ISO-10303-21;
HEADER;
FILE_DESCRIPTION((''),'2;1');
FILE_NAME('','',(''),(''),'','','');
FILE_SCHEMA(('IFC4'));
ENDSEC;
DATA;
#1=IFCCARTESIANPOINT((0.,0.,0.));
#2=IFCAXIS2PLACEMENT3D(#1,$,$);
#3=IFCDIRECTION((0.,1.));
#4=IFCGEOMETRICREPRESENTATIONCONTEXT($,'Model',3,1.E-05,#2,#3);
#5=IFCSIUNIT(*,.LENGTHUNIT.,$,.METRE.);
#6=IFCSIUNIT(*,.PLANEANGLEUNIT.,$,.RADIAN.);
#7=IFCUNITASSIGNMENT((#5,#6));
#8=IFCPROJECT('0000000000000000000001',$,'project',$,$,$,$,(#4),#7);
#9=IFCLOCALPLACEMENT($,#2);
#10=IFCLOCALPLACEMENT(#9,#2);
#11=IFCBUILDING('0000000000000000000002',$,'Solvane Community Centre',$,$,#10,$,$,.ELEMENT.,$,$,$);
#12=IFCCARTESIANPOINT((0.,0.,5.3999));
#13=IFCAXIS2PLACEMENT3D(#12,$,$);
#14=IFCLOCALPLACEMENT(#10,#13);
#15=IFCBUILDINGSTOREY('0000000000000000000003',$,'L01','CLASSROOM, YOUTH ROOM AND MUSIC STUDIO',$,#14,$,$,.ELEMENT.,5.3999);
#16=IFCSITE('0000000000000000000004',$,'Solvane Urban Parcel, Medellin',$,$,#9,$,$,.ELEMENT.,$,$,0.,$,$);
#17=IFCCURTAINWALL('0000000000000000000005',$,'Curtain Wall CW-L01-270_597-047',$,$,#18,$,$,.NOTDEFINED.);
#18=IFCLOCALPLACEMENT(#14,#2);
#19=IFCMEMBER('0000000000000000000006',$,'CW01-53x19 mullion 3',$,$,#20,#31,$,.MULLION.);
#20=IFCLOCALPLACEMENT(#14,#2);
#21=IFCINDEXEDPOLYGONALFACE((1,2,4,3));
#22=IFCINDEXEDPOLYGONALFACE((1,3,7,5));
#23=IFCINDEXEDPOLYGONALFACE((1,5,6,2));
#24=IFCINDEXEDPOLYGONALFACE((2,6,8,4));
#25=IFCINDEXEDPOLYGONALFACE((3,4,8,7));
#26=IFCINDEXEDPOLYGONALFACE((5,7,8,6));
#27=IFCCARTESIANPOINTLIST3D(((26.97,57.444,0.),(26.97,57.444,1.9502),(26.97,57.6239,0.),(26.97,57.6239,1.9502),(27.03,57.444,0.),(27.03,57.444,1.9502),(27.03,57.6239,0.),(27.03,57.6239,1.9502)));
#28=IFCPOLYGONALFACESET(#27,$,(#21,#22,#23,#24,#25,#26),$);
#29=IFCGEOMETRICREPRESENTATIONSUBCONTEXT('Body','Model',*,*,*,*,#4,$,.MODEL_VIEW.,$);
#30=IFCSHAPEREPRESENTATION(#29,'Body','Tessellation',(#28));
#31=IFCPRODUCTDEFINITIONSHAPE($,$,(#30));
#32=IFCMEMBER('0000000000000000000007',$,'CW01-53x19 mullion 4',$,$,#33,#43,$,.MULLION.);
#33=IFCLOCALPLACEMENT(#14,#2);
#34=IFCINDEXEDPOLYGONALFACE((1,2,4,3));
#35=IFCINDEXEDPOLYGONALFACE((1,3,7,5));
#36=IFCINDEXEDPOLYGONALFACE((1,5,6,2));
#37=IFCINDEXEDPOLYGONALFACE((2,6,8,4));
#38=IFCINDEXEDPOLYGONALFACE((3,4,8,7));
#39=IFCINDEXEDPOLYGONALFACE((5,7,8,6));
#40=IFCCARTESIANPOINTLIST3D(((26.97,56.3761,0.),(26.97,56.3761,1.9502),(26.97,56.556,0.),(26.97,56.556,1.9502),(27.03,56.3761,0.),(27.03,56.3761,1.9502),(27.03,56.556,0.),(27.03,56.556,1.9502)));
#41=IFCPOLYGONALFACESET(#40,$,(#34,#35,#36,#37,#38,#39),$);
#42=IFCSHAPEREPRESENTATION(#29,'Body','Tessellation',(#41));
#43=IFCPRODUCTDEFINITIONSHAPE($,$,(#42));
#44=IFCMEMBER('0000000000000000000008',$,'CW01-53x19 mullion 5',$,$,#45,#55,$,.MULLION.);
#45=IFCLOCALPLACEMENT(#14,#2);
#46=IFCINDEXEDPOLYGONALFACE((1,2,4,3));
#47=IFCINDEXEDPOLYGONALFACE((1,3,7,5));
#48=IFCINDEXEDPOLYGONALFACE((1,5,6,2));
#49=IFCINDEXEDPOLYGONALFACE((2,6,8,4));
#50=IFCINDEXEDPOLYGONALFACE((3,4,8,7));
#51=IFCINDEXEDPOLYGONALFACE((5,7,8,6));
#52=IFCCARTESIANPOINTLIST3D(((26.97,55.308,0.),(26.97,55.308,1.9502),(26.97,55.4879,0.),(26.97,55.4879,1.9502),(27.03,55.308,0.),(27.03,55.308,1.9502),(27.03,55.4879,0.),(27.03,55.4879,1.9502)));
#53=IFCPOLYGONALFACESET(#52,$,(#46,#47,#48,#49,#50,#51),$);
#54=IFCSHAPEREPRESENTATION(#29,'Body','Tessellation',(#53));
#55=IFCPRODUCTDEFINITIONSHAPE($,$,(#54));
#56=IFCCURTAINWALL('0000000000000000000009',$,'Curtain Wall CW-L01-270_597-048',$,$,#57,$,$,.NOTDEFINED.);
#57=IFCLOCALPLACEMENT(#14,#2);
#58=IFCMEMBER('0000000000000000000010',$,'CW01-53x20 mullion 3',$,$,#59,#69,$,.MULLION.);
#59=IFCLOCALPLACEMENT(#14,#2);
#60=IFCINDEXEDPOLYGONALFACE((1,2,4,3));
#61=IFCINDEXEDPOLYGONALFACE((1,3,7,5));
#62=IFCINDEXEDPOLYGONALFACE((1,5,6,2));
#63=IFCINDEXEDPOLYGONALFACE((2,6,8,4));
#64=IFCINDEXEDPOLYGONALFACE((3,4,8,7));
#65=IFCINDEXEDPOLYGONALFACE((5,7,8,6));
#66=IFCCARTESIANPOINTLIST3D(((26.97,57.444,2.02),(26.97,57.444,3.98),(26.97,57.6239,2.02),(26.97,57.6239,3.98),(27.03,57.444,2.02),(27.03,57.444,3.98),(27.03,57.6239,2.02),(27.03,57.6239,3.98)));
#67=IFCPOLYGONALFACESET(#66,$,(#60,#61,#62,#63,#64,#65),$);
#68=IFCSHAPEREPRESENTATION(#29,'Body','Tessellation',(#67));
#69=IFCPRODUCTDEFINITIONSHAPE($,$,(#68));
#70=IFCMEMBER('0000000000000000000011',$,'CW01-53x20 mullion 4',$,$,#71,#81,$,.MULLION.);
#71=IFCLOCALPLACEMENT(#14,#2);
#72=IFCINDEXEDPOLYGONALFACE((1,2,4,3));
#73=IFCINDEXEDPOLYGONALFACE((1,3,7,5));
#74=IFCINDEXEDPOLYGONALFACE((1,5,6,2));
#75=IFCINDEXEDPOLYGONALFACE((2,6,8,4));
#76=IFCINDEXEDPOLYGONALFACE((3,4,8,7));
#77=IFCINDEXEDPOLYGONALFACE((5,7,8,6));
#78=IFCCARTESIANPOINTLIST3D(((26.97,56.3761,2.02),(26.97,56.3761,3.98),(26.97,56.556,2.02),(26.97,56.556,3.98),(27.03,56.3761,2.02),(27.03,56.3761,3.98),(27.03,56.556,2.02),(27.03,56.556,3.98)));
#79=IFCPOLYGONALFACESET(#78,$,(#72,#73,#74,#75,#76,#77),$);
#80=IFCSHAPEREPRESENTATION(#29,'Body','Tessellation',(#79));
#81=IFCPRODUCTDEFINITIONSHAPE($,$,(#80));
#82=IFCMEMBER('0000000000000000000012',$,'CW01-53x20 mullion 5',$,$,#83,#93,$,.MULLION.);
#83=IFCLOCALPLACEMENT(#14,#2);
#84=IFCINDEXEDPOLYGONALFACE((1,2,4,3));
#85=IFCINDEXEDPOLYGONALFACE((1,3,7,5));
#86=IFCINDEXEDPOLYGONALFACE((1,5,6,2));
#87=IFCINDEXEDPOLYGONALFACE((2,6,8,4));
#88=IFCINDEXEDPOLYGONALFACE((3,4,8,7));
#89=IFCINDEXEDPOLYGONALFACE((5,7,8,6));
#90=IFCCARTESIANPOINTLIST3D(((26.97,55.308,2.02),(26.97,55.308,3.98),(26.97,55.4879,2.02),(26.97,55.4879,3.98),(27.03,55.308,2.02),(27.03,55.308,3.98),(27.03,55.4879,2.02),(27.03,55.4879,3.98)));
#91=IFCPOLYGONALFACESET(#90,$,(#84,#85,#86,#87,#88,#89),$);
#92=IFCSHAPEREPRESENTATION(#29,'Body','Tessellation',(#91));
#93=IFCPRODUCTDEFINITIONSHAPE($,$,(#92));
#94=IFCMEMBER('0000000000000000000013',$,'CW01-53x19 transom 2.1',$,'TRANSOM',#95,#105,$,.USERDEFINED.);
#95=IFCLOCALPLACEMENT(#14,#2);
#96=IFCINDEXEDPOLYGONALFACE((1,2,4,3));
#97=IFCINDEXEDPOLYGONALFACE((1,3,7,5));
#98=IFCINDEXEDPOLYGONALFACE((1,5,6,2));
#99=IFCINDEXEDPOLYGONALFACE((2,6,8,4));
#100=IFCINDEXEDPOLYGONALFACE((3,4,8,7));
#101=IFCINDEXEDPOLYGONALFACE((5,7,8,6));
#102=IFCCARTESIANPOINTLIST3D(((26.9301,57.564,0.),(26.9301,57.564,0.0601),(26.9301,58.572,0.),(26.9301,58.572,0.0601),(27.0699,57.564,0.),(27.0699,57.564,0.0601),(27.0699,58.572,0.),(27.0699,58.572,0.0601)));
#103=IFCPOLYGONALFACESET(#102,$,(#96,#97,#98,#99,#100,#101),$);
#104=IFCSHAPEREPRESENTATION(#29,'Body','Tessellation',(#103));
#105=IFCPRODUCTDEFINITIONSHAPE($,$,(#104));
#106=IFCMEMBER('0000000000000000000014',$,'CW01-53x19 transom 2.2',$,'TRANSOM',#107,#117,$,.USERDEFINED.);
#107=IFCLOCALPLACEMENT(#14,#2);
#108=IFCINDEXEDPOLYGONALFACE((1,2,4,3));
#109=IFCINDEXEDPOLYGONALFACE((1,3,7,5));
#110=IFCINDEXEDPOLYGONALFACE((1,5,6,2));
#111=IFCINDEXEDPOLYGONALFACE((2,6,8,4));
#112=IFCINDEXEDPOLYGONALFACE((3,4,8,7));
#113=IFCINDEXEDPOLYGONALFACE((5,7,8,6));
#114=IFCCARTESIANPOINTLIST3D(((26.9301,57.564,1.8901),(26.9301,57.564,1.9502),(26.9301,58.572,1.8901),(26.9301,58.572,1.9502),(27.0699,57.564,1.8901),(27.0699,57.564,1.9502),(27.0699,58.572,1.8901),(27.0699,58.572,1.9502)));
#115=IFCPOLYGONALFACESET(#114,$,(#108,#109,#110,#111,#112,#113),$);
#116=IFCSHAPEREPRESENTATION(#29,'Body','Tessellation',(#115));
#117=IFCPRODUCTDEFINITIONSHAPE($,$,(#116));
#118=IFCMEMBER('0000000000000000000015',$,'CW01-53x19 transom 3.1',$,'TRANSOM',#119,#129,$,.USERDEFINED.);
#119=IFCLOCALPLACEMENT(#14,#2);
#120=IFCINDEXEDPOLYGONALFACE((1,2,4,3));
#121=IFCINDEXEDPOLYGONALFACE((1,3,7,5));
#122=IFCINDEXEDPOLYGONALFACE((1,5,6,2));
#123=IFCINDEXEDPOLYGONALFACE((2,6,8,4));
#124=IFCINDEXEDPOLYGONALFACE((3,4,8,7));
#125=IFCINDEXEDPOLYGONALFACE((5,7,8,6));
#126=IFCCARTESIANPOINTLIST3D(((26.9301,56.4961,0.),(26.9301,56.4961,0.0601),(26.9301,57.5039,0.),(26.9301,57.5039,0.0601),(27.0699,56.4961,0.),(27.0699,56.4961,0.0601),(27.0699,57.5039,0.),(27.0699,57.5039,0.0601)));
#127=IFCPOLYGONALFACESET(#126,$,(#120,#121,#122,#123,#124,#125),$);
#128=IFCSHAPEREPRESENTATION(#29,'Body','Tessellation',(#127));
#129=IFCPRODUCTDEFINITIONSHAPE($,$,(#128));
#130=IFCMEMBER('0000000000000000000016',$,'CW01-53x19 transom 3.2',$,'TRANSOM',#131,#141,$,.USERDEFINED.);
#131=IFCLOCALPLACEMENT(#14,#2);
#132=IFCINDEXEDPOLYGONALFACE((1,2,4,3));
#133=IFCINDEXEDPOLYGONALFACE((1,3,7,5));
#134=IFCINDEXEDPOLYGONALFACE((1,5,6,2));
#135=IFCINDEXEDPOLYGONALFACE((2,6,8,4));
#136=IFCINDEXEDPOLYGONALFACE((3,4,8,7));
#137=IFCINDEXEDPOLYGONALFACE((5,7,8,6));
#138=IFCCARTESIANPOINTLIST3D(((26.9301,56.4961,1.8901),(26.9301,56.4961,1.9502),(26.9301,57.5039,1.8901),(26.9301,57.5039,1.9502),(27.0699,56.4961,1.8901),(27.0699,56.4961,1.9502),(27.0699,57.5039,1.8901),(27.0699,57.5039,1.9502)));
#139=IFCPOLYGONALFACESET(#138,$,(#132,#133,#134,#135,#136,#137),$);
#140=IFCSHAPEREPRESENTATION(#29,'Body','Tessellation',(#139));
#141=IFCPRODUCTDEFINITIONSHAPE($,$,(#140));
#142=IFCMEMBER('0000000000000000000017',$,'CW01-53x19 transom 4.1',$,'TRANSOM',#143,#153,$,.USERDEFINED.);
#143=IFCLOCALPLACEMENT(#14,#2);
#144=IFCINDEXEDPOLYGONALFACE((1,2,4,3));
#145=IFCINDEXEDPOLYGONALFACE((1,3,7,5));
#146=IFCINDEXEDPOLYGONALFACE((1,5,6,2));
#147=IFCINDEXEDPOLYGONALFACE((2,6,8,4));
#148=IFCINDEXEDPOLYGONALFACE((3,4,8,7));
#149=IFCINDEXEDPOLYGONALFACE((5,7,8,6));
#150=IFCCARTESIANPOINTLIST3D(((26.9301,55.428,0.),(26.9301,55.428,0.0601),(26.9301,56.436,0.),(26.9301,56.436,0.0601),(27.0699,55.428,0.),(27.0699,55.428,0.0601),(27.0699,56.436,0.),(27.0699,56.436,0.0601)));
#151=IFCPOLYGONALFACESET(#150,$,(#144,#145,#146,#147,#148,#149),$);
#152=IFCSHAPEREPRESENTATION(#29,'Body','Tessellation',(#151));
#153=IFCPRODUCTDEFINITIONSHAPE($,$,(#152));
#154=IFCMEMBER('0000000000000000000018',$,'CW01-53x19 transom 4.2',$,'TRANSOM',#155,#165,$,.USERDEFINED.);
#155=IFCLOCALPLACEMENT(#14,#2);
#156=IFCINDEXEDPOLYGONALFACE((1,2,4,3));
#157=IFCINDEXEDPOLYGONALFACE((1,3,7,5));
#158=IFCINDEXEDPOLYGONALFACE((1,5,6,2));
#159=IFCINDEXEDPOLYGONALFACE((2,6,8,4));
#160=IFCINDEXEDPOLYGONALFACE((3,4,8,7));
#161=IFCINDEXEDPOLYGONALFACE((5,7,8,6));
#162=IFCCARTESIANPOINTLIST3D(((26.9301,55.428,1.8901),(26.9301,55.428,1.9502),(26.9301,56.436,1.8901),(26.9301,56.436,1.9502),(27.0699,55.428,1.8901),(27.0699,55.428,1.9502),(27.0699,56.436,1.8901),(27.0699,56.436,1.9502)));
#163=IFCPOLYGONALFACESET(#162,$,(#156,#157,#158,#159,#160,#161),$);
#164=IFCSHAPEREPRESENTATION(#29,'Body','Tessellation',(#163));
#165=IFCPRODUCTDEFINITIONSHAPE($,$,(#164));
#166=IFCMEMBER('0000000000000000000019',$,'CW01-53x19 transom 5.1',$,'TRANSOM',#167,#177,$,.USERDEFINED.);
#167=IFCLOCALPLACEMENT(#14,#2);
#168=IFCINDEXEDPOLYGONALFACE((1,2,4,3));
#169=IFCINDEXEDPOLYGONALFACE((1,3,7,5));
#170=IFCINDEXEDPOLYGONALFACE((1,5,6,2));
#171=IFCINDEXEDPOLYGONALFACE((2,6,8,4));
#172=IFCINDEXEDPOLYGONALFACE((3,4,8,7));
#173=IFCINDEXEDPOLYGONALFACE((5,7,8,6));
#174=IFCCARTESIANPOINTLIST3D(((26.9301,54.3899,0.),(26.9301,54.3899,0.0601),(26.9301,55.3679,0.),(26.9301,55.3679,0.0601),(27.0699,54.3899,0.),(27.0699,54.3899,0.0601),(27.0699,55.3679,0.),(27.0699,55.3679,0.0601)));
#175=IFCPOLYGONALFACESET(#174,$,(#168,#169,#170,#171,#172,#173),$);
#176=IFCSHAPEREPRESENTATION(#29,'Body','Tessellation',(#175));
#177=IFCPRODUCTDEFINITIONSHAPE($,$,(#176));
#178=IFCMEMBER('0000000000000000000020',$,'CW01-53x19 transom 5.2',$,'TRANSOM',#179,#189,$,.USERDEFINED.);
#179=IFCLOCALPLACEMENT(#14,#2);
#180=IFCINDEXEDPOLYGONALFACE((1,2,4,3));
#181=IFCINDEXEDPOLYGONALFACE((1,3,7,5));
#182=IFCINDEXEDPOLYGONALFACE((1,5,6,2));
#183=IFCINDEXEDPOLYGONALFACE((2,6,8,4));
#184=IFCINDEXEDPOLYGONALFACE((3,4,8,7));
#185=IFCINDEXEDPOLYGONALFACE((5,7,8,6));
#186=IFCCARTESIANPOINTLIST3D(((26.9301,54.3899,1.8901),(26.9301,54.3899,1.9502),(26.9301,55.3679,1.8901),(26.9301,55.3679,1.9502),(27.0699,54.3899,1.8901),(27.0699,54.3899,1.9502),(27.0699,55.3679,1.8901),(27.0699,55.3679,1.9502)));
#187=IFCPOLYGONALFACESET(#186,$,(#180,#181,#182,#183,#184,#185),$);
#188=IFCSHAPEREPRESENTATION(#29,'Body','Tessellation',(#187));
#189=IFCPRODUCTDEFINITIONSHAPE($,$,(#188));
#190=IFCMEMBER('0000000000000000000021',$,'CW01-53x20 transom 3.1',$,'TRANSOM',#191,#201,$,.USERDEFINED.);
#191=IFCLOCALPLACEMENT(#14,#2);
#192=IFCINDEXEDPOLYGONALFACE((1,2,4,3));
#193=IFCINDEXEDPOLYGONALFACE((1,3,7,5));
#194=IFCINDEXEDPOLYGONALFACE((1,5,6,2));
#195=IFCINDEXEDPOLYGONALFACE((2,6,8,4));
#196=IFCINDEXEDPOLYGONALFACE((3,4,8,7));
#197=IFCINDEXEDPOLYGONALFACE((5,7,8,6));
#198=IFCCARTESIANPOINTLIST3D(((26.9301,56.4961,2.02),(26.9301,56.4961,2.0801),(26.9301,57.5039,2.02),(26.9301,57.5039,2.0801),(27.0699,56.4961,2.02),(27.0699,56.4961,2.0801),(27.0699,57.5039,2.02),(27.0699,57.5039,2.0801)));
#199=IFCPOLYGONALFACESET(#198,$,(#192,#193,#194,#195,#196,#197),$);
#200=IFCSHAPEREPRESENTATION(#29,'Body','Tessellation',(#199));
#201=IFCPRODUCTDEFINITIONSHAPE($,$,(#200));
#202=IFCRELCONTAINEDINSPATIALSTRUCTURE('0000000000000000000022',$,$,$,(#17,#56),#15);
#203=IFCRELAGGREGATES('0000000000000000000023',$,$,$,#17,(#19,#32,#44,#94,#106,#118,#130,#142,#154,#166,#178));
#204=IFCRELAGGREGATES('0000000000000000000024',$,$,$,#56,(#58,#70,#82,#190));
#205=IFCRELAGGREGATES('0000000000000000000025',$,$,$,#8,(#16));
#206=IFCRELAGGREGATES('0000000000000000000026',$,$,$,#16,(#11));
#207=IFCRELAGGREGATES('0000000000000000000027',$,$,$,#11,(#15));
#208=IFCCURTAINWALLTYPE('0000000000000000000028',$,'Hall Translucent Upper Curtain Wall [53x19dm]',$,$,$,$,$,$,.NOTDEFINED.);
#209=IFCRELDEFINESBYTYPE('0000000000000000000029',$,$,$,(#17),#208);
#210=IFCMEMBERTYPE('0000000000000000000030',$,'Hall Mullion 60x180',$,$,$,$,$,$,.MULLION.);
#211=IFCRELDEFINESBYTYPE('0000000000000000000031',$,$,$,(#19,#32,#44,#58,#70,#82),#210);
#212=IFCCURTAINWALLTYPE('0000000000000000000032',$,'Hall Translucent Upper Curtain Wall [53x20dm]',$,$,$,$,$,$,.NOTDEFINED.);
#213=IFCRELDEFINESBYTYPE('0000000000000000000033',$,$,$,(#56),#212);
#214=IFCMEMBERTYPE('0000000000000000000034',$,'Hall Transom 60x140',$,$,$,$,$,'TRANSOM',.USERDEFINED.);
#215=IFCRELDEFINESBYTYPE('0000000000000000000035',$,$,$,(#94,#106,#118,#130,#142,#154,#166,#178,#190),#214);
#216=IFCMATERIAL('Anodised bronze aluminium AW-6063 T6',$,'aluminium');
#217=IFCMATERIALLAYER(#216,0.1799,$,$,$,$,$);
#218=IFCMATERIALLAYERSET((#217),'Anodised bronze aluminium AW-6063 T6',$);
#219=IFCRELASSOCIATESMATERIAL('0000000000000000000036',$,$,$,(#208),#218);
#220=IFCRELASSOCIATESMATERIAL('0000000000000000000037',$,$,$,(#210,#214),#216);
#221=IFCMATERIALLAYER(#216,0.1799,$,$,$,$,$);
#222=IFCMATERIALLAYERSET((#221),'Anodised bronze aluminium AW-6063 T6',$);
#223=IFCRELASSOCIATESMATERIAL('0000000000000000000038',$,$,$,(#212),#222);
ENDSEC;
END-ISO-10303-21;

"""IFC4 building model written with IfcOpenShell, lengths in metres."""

from ifc_helpers import new_model, si_unit, direction, frame, origin, origin_2d, place, context, subcontext, project, spatial, rectangle, extrude, material, layer, layer_set, material_profile, profile_set, type_object, element, aggregate, save


model = new_model("IFC4")

# Units and contexts
model_context = context("Model", 3, precision=1e-05, world=origin(), true_north=direction((0.0, 1.0)))
body_context = subcontext(model_context, "Body", "Model", "MODEL_VIEW")
ifc_project = project(units=[si_unit("LENGTHUNIT", "METRE"), si_unit("PLANEANGLEUNIT", "RADIAN")], contexts=[model_context])

# Site, building, storey
site_placement = place(None, origin())
site = spatial("IfcSite", under=ifc_project, at=site_placement, Name="Solvane Urban Parcel, Medellin", CompositionType="ELEMENT", RefElevation=0.0)
building_placement = place(site_placement, origin())
building = spatial("IfcBuilding", under=site, at=building_placement, Name="Solvane Community Centre", CompositionType="ELEMENT")
storey_placement = place(building_placement, frame((0.0, 0.0, 5.3999)))
storey = spatial("IfcBuildingStorey", under=building, at=storey_placement, Name="L01", Description="CLASSROOM, YOUTH ROOM AND MUSIC STUDIO", CompositionType="ELEMENT", Elevation=5.3999)

# Curtain walls, members
ifc_material_1 = material(Name="Anodised bronze aluminium AW-6063 T6", Category="aluminium")
ifc_layer_1 = layer(ifc_material_1, 0.1799)
ifc_layer_set_1 = layer_set([ifc_layer_1], Name="Anodised bronze aluminium AW-6063 T6")
curtain_wall_type_1 = type_object("IfcCurtainWallType", Name="Hall Translucent Upper Curtain Wall [53x19dm]", PredefinedType="NOTDEFINED", material=ifc_layer_set_1)
curtain_wall_1_placement = place(storey_placement, origin())
curtain_wall_1 = element("IfcCurtainWall", 1, at=curtain_wall_1_placement, inside=storey, type_object=curtain_wall_type_1, Name="Curtain Wall CW-L01-270_597-047", PredefinedType="NOTDEFINED")
ifc_material_profile_1 = material_profile(ifc_material_1, rectangle(XDim=0.0601, YDim=0.1799, at=origin_2d()), Name="CW-M 60x180")
ifc_profile_set_1 = profile_set([ifc_material_profile_1], Name="Anodised bronze aluminium AW-6063 T6")
member_type_1 = type_object("IfcMemberType", Name="Hall Mullion 60x180", PredefinedType="MULLION", material=ifc_profile_set_1)
member_1_placement = place(storey_placement, frame((27.0, 57.5339, 0.0), z_axis=(0.0, 0.0, 1.0), x_axis=(1.0, 0.0, 0.0)))
member_1 = element("IfcMember", 2, at=member_1_placement, type_object=member_type_1, Name="CW01-53x19 mullion 3", PredefinedType="MULLION", context=body_context, shape_type="SweptSolid", body=[
    extrude(rectangle(XDim=0.0601, YDim=0.1799, at=origin_2d()), origin(), (0.0, 0.0, 1.0), 1.9502),
])
member_2_placement = place(storey_placement, frame((27.0, 56.4661, 0.0), z_axis=(0.0, 0.0, 1.0), x_axis=(1.0, 0.0, 0.0)))
member_2 = element("IfcMember", 3, at=member_2_placement, type_object=member_type_1, Name="CW01-53x19 mullion 4", PredefinedType="MULLION", context=body_context, shape_type="SweptSolid", body=[
    extrude(rectangle(XDim=0.0601, YDim=0.1799, at=origin_2d()), origin(), (0.0, 0.0, 1.0), 1.9502),
])
member_3_placement = place(storey_placement, frame((27.0, 55.3979, 0.0), z_axis=(0.0, 0.0, 1.0), x_axis=(1.0, 0.0, 0.0)))
member_3 = element("IfcMember", 4, at=member_3_placement, type_object=member_type_1, Name="CW01-53x19 mullion 5", PredefinedType="MULLION", context=body_context, shape_type="SweptSolid", body=[
    extrude(rectangle(XDim=0.0601, YDim=0.1799, at=origin_2d()), origin(), (0.0, 0.0, 1.0), 1.9502),
])
ifc_layer_2 = layer(ifc_material_1, 0.1799)
ifc_layer_set_2 = layer_set([ifc_layer_2], Name="Anodised bronze aluminium AW-6063 T6")
curtain_wall_type_2 = type_object("IfcCurtainWallType", Name="Hall Translucent Upper Curtain Wall [53x20dm]", PredefinedType="NOTDEFINED", material=ifc_layer_set_2)
curtain_wall_2_placement = place(storey_placement, origin())
curtain_wall_2 = element("IfcCurtainWall", 5, at=curtain_wall_2_placement, inside=storey, type_object=curtain_wall_type_2, Name="Curtain Wall CW-L01-270_597-048", PredefinedType="NOTDEFINED")
member_4_placement = place(storey_placement, frame((27.0, 57.5339, 2.02), z_axis=(0.0, 0.0, 1.0), x_axis=(1.0, 0.0, 0.0)))
member_4 = element("IfcMember", 6, at=member_4_placement, type_object=member_type_1, Name="CW01-53x20 mullion 3", PredefinedType="MULLION", context=body_context, shape_type="SweptSolid", body=[
    extrude(rectangle(XDim=0.0601, YDim=0.1799, at=origin_2d()), origin(), (0.0, 0.0, 1.0), 1.96),
])
member_5_placement = place(storey_placement, frame((27.0, 56.4661, 2.02), z_axis=(0.0, 0.0, 1.0), x_axis=(1.0, 0.0, 0.0)))
member_5 = element("IfcMember", 7, at=member_5_placement, type_object=member_type_1, Name="CW01-53x20 mullion 4", PredefinedType="MULLION", context=body_context, shape_type="SweptSolid", body=[
    extrude(rectangle(XDim=0.0601, YDim=0.1799, at=origin_2d()), origin(), (0.0, 0.0, 1.0), 1.96),
])
member_6_placement = place(storey_placement, frame((27.0, 55.3979, 2.02), z_axis=(0.0, 0.0, 1.0), x_axis=(1.0, 0.0, 0.0)))
member_6 = element("IfcMember", 8, at=member_6_placement, type_object=member_type_1, Name="CW01-53x20 mullion 5", PredefinedType="MULLION", context=body_context, shape_type="SweptSolid", body=[
    extrude(rectangle(XDim=0.0601, YDim=0.1799, at=origin_2d()), origin(), (0.0, 0.0, 1.0), 1.96),
])

# Members
ifc_material_profile_2 = material_profile(ifc_material_1, rectangle(XDim=0.1399, YDim=0.0601, at=origin_2d()), Name="CW-T 60x140")
ifc_profile_set_2 = profile_set([ifc_material_profile_2], Name="Anodised bronze aluminium AW-6063 T6")
member_type_2 = type_object("IfcMemberType", Name="Hall Transom 60x140", ElementType="TRANSOM", PredefinedType="USERDEFINED", material=ifc_profile_set_2)
member_7_placement = place(storey_placement, frame((27.0, 58.572, 0.03), z_axis=(0.0, -1.0, 0.0), x_axis=(1.0, 0.0, 0.0)))
member_7 = element("IfcMember", 9, at=member_7_placement, type_object=member_type_2, Name="CW01-53x19 transom 2.1", ObjectType="TRANSOM", PredefinedType="USERDEFINED", context=body_context, shape_type="SweptSolid", body=[
    extrude(rectangle(XDim=0.1399, YDim=0.0601, at=origin_2d()), origin(), (0.0, 0.0, 1.0), 1.0081),
])
member_8_placement = place(storey_placement, frame((27.0, 58.572, 1.9202), z_axis=(0.0, -1.0, 0.0), x_axis=(1.0, 0.0, 0.0)))
member_8 = element("IfcMember", 10, at=member_8_placement, type_object=member_type_2, Name="CW01-53x19 transom 2.2", ObjectType="TRANSOM", PredefinedType="USERDEFINED", context=body_context, shape_type="SweptSolid", body=[
    extrude(rectangle(XDim=0.1399, YDim=0.0601, at=origin_2d()), origin(), (0.0, 0.0, 1.0), 1.0081),
])
member_9_placement = place(storey_placement, frame((27.0, 57.5039, 0.03), z_axis=(0.0, -1.0, 0.0), x_axis=(1.0, 0.0, 0.0)))
member_9 = element("IfcMember", 11, at=member_9_placement, type_object=member_type_2, Name="CW01-53x19 transom 3.1", ObjectType="TRANSOM", PredefinedType="USERDEFINED", context=body_context, shape_type="SweptSolid", body=[
    extrude(rectangle(XDim=0.1399, YDim=0.0601, at=origin_2d()), origin(), (0.0, 0.0, 1.0), 1.0078),
])
member_10_placement = place(storey_placement, frame((27.0, 57.5039, 1.9202), z_axis=(0.0, -1.0, 0.0), x_axis=(1.0, 0.0, 0.0)))
member_10 = element("IfcMember", 12, at=member_10_placement, type_object=member_type_2, Name="CW01-53x19 transom 3.2", ObjectType="TRANSOM", PredefinedType="USERDEFINED", context=body_context, shape_type="SweptSolid", body=[
    extrude(rectangle(XDim=0.1399, YDim=0.0601, at=origin_2d()), origin(), (0.0, 0.0, 1.0), 1.0078),
])
member_11_placement = place(storey_placement, frame((27.0, 56.436, 0.03), z_axis=(0.0, -1.0, 0.0), x_axis=(1.0, 0.0, 0.0)))
member_11 = element("IfcMember", 13, at=member_11_placement, type_object=member_type_2, Name="CW01-53x19 transom 4.1", ObjectType="TRANSOM", PredefinedType="USERDEFINED", context=body_context, shape_type="SweptSolid", body=[
    extrude(rectangle(XDim=0.1399, YDim=0.0601, at=origin_2d()), origin(), (0.0, 0.0, 1.0), 1.0081),
])
member_12_placement = place(storey_placement, frame((27.0, 56.436, 1.9202), z_axis=(0.0, -1.0, 0.0), x_axis=(1.0, 0.0, 0.0)))
member_12 = element("IfcMember", 14, at=member_12_placement, type_object=member_type_2, Name="CW01-53x19 transom 4.2", ObjectType="TRANSOM", PredefinedType="USERDEFINED", context=body_context, shape_type="SweptSolid", body=[
    extrude(rectangle(XDim=0.1399, YDim=0.0601, at=origin_2d()), origin(), (0.0, 0.0, 1.0), 1.0081),
])
member_13_placement = place(storey_placement, frame((27.0, 55.3679, 0.03), z_axis=(0.0, -1.0, 0.0), x_axis=(1.0, 0.0, 0.0)))
member_13 = element("IfcMember", 15, at=member_13_placement, type_object=member_type_2, Name="CW01-53x19 transom 5.1", ObjectType="TRANSOM", PredefinedType="USERDEFINED", context=body_context, shape_type="SweptSolid", body=[
    extrude(rectangle(XDim=0.1399, YDim=0.0601, at=origin_2d()), origin(), (0.0, 0.0, 1.0), 0.978),
])
member_14_placement = place(storey_placement, frame((27.0, 55.3679, 1.9202), z_axis=(0.0, -1.0, 0.0), x_axis=(1.0, 0.0, 0.0)))
member_14 = element("IfcMember", 16, at=member_14_placement, type_object=member_type_2, Name="CW01-53x19 transom 5.2", ObjectType="TRANSOM", PredefinedType="USERDEFINED", context=body_context, shape_type="SweptSolid", body=[
    extrude(rectangle(XDim=0.1399, YDim=0.0601, at=origin_2d()), origin(), (0.0, 0.0, 1.0), 0.978),
])
member_15_placement = place(storey_placement, frame((27.0, 57.5039, 2.05), z_axis=(0.0, -1.0, 0.0), x_axis=(1.0, 0.0, 0.0)))
member_15 = element("IfcMember", 17, at=member_15_placement, type_object=member_type_2, Name="CW01-53x20 transom 3.1", ObjectType="TRANSOM", PredefinedType="USERDEFINED", context=body_context, shape_type="SweptSolid", body=[
    extrude(rectangle(XDim=0.1399, YDim=0.0601, at=origin_2d()), origin(), (0.0, 0.0, 1.0), 1.0078),
])

aggregate(curtain_wall_1, [member_1, member_2, member_3, member_7, member_8, member_9, member_10, member_11, member_12, member_13, member_14])
aggregate(curtain_wall_2, [member_4, member_5, member_6, member_15])

save(model, "model.ifc")
